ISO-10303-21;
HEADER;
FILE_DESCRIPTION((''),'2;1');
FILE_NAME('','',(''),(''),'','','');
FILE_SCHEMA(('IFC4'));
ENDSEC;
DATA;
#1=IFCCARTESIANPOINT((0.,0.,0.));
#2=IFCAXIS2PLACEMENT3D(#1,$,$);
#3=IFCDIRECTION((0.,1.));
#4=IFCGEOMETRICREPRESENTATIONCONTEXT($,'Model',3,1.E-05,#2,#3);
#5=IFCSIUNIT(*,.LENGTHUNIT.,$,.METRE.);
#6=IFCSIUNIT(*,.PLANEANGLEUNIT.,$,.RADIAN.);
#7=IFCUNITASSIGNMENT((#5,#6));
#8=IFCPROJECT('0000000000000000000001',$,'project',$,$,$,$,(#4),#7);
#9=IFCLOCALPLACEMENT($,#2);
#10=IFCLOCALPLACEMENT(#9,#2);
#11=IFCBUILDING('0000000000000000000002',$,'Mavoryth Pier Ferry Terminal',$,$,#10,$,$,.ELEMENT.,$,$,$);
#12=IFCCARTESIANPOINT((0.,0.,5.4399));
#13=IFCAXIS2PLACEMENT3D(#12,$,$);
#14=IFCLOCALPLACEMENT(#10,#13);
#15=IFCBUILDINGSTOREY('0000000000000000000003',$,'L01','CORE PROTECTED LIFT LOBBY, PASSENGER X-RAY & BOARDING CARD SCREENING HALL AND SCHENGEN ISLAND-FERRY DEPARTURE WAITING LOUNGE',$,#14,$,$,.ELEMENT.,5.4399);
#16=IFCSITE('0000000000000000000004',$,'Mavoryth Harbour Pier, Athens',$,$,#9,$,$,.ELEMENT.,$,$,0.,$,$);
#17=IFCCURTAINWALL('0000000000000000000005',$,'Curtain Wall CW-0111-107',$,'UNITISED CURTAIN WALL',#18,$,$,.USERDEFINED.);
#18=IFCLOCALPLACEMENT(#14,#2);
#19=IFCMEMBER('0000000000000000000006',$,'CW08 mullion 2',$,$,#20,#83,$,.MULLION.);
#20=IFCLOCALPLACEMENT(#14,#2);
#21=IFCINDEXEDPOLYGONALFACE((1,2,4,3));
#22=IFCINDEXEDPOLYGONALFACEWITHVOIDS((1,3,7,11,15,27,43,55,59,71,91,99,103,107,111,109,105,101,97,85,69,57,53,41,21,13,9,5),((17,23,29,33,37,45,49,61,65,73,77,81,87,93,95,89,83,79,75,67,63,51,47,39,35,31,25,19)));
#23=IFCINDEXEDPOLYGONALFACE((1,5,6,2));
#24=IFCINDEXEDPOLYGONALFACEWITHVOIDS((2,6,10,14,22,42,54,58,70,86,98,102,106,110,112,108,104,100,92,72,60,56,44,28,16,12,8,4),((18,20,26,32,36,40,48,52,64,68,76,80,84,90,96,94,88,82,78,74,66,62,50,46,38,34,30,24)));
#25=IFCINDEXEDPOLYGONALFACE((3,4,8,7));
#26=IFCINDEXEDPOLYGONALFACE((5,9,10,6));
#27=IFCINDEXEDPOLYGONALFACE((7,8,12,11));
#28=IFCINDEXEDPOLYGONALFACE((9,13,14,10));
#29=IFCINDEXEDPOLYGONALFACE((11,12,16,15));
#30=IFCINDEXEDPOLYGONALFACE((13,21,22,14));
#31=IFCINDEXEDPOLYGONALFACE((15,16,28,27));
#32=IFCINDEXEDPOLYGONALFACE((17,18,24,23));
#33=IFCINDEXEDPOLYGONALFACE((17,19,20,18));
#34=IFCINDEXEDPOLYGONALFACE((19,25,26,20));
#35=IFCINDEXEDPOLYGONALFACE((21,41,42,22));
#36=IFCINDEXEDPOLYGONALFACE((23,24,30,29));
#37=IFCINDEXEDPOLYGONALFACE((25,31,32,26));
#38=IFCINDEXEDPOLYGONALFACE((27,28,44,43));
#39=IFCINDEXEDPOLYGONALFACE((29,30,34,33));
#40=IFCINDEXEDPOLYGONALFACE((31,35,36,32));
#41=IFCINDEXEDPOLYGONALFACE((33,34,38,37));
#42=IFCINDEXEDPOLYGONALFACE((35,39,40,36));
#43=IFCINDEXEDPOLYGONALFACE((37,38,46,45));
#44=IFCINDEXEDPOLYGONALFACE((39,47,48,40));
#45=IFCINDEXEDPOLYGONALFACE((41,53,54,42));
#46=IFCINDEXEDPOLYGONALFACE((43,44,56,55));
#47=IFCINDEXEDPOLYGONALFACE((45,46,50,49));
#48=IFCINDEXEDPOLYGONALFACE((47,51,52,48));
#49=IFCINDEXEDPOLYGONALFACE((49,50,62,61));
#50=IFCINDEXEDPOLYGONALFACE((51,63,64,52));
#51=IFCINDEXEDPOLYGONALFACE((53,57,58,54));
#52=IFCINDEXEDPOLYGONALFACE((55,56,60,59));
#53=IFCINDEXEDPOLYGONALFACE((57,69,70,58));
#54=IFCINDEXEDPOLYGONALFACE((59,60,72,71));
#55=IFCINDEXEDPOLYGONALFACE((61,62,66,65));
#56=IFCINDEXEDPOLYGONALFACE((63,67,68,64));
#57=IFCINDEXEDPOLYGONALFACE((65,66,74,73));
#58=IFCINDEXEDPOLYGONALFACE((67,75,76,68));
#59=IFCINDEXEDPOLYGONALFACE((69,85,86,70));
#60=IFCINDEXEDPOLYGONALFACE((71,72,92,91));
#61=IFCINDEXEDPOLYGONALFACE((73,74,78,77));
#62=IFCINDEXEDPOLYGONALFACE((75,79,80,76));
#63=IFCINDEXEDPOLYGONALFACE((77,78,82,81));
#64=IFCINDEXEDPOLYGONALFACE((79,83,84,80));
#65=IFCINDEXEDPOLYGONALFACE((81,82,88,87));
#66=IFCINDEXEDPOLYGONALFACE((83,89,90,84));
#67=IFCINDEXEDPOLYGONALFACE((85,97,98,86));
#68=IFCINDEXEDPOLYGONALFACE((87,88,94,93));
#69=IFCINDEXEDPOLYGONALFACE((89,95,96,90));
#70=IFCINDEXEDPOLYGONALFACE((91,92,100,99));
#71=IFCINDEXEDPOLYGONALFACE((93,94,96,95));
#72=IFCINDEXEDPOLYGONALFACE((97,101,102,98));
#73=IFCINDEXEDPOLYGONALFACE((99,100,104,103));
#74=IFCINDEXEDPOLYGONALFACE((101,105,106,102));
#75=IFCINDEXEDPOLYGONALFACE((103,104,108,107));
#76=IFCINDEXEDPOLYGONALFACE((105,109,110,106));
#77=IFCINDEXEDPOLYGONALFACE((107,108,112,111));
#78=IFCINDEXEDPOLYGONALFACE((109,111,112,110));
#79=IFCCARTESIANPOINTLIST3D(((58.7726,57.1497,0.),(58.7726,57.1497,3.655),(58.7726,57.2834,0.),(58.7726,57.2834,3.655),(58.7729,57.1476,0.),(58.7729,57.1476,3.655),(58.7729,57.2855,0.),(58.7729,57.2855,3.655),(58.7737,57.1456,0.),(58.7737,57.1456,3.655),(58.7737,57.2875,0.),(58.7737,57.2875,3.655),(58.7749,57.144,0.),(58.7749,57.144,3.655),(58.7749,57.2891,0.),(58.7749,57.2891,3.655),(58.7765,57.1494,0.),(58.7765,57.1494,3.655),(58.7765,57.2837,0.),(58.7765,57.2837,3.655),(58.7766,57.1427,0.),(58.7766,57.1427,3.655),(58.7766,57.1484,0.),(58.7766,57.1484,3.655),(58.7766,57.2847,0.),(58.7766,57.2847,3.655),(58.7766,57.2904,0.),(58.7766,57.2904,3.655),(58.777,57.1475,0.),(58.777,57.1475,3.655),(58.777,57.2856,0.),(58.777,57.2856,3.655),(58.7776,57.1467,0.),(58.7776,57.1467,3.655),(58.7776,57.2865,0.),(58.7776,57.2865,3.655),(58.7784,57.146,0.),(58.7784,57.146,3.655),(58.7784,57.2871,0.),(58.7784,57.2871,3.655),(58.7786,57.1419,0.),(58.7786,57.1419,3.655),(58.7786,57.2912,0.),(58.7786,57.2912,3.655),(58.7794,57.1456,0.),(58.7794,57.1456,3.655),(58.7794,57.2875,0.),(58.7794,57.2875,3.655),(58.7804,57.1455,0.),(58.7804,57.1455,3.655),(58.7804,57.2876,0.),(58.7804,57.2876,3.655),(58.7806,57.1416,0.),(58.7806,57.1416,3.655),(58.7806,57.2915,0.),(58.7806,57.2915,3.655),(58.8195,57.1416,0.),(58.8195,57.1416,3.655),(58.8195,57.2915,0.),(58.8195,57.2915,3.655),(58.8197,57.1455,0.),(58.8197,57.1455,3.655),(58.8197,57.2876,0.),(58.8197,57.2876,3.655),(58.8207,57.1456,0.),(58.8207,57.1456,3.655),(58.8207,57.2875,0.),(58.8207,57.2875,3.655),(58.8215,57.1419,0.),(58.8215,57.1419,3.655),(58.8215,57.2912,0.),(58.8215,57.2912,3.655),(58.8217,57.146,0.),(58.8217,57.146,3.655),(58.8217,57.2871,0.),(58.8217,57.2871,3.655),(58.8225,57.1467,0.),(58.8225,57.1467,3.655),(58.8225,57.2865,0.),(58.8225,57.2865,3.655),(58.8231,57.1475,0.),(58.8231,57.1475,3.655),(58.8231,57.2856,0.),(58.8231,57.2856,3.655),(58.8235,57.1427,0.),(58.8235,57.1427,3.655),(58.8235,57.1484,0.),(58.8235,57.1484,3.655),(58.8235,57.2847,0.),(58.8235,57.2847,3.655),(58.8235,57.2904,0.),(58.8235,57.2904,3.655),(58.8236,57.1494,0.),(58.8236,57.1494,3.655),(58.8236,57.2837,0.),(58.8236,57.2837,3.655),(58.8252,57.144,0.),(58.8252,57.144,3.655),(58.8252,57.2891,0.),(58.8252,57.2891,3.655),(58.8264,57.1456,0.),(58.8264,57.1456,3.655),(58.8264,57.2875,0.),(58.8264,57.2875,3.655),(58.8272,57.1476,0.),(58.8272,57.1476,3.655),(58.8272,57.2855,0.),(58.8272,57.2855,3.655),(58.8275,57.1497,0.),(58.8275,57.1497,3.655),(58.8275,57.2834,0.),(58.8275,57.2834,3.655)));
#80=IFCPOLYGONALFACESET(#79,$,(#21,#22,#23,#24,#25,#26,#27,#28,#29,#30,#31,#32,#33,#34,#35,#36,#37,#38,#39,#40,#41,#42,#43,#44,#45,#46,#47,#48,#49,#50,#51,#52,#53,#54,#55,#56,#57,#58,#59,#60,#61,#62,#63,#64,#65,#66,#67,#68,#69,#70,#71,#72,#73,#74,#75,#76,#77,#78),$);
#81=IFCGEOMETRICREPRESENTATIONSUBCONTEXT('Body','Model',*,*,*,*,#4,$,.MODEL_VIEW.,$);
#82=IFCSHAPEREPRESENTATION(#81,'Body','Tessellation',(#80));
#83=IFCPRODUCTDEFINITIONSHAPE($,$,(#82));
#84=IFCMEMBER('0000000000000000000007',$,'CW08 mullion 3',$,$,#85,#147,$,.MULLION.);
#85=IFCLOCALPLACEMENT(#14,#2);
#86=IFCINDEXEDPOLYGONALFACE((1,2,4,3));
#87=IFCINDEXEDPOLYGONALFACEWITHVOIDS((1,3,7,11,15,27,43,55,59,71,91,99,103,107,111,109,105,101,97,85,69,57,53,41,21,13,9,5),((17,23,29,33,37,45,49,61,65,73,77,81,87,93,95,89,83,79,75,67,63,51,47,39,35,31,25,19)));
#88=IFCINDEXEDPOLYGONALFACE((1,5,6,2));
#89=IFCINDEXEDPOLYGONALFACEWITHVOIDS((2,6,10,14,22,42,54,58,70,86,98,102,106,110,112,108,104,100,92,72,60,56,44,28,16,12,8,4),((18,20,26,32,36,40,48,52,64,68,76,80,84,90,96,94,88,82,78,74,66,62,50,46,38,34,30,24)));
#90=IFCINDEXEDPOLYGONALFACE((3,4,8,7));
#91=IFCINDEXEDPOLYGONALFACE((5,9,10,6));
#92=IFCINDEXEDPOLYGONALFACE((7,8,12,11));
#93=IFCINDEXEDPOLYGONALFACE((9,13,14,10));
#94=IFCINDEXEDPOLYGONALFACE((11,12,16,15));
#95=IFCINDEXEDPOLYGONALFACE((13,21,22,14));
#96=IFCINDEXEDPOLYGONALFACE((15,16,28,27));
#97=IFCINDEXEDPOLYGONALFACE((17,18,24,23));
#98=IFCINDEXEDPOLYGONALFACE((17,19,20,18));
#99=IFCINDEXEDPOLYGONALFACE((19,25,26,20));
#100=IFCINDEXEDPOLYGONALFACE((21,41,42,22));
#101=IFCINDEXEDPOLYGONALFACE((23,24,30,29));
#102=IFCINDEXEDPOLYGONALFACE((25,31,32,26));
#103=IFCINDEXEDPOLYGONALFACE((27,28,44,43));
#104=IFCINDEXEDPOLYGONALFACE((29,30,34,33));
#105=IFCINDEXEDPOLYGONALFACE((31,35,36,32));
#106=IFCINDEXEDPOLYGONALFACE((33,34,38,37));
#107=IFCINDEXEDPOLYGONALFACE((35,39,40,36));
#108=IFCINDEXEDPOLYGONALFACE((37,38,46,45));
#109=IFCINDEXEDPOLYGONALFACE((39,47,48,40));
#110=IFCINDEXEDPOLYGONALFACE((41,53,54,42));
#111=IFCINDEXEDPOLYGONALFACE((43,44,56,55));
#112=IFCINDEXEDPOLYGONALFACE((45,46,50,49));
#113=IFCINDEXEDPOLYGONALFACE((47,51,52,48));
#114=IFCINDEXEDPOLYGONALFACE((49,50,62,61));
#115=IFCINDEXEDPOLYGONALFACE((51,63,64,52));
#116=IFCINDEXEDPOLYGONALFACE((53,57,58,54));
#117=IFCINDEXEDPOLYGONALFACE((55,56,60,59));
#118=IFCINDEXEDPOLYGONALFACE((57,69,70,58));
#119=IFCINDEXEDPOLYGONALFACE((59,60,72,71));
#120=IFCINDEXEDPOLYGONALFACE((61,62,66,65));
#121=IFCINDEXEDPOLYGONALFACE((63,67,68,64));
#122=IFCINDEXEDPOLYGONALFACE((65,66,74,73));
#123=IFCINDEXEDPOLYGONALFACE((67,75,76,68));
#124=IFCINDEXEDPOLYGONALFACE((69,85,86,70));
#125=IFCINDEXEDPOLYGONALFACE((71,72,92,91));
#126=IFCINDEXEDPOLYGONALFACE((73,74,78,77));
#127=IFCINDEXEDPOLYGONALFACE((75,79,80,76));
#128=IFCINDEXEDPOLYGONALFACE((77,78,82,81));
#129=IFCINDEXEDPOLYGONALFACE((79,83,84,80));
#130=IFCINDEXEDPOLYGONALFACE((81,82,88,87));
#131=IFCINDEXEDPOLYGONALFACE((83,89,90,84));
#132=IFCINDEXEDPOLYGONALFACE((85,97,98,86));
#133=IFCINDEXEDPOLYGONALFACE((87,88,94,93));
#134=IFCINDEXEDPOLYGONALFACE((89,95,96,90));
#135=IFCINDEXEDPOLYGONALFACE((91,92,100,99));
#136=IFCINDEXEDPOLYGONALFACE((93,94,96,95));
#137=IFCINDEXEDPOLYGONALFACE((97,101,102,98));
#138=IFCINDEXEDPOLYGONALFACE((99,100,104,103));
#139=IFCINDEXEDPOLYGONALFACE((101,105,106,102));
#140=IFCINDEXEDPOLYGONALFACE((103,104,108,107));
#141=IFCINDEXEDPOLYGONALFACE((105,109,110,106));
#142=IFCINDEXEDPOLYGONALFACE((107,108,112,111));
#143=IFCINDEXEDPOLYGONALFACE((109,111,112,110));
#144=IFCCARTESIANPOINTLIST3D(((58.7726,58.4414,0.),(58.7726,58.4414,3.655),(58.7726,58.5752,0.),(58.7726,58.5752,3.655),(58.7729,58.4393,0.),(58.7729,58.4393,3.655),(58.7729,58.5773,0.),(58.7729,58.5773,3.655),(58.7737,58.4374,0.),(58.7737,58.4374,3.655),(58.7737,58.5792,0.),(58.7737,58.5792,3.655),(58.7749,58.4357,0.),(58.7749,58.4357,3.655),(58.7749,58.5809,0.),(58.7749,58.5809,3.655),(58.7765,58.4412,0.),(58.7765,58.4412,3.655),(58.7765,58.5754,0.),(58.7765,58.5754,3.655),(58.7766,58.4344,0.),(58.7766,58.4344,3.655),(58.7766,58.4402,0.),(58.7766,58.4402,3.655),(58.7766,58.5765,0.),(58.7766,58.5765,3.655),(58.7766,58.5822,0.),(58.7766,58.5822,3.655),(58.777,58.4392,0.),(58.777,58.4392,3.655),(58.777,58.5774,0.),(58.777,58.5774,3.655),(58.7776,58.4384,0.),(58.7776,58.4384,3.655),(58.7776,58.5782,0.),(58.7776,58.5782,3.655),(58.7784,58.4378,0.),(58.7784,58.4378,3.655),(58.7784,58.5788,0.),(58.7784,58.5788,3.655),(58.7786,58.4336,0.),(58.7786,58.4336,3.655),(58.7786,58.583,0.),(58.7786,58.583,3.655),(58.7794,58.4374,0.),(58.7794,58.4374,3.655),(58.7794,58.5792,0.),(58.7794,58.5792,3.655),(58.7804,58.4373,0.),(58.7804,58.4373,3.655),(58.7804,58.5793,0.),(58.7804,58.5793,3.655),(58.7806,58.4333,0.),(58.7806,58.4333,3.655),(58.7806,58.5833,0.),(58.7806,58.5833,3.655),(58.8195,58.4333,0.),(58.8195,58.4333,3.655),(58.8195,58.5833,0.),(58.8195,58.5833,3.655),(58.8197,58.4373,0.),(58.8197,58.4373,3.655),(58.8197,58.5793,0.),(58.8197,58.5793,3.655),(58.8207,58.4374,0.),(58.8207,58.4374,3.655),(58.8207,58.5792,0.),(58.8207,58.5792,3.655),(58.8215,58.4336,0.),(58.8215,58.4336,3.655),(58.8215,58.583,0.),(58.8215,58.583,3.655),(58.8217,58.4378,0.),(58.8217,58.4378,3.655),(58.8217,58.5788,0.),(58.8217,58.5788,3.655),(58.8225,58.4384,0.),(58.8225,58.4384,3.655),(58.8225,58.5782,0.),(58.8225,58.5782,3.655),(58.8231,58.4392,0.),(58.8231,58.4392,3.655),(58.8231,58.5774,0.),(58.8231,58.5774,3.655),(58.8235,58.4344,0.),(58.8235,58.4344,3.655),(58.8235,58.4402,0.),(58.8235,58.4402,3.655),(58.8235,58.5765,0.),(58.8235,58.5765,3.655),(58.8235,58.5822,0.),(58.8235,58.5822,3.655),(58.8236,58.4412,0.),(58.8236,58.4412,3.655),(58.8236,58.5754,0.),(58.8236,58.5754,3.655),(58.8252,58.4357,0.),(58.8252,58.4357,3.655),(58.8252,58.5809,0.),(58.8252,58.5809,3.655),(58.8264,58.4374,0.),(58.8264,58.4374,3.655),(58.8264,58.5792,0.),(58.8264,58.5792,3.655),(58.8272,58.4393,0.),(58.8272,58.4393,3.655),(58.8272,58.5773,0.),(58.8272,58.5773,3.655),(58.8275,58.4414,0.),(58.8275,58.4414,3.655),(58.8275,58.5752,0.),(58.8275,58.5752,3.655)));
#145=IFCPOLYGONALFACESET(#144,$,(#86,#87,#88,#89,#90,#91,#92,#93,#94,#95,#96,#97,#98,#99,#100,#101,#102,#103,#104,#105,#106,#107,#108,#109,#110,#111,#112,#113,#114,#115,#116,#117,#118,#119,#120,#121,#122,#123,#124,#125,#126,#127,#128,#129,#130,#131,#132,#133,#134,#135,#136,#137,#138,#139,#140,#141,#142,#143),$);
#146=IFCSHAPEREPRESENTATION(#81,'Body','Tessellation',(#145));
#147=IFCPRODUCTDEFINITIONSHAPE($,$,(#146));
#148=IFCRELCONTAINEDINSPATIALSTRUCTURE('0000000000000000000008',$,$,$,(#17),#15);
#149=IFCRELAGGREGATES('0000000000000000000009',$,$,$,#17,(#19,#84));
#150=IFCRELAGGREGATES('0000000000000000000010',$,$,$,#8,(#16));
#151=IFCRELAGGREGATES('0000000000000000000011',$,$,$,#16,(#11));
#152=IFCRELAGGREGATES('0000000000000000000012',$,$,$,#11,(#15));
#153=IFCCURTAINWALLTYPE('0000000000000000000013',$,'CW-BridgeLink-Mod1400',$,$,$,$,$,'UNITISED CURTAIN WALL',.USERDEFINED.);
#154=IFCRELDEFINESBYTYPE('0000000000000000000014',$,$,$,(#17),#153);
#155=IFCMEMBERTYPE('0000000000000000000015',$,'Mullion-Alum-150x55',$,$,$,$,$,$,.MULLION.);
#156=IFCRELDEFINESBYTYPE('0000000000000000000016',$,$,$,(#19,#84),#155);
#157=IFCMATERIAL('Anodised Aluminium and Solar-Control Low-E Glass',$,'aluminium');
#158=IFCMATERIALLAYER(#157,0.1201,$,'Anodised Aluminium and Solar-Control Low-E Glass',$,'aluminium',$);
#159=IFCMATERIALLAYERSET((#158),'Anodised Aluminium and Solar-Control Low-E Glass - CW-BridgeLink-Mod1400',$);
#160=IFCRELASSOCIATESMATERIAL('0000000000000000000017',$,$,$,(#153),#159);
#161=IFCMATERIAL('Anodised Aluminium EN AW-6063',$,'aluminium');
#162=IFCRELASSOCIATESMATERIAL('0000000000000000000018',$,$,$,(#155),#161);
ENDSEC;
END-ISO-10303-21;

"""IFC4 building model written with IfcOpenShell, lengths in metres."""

from ifc_helpers import new_model, si_unit, direction, frame, origin, origin_2d, place, context, subcontext, project, spatial, hollow_rectangle, extrude, material, layer, layer_set, material_profile, profile_set, type_object, element, aggregate, save


model = new_model("IFC4")

# Units and contexts
model_context = context("Model", 3, precision=1e-05, world=origin(), true_north=direction((0.0, 1.0)))
body_context = subcontext(model_context, "Body", "Model", "MODEL_VIEW")
ifc_project = project(units=[si_unit("LENGTHUNIT", "METRE"), si_unit("PLANEANGLEUNIT", "RADIAN")], contexts=[model_context])

# Site, building, storey
site_placement = place(None, origin())
site = spatial("IfcSite", under=ifc_project, at=site_placement, Name="Mavoryth Harbour Pier, Athens", CompositionType="ELEMENT", RefElevation=0.0)
building_placement = place(site_placement, origin())
building = spatial("IfcBuilding", under=site, at=building_placement, Name="Mavoryth Pier Ferry Terminal", CompositionType="ELEMENT")
storey_placement = place(building_placement, frame((0.0, 0.0, 5.4399)))
storey = spatial("IfcBuildingStorey", under=building, at=storey_placement, Name="L01", Description="CORE PROTECTED LIFT LOBBY, PASSENGER X-RAY & BOARDING CARD SCREENING HALL AND SCHENGEN ISLAND-FERRY DEPARTURE WAITING LOUNGE", CompositionType="ELEMENT", Elevation=5.4399)

# Shared definitions
ifc_material_1 = material(Name="Anodised Aluminium and Solar-Control Low-E Glass", Category="aluminium")
ifc_layer_1 = layer(ifc_material_1, 0.1201, Name="Anodised Aluminium and Solar-Control Low-E Glass", Category="aluminium")
ifc_layer_set_1 = layer_set([ifc_layer_1], Name="Anodised Aluminium and Solar-Control Low-E Glass - CW-BridgeLink-Mod1400")
curtain_wall_type = type_object("IfcCurtainWallType", Name="CW-BridgeLink-Mod1400", ElementType="UNITISED CURTAIN WALL", PredefinedType="USERDEFINED", material=ifc_layer_set_1)
ifc_material_2 = material(Name="Anodised Aluminium EN AW-6063", Category="aluminium")
ifc_material_profile_1 = material_profile(ifc_material_2, hollow_rectangle(XDim=0.0549, YDim=0.1499, WallThickness=0.0039, InnerFilletRadius=0.0039, OuterFilletRadius=0.0081, at=origin_2d()), Name="AL-MULL 150x55x4", Category="aluminium")
ifc_profile_set_1 = profile_set([ifc_material_profile_1], Name="Anodised Aluminium EN AW-6063 - AL-MULL 150x55x4")
member_type_1 = type_object("IfcMemberType", Name="Mullion-Alum-150x55", PredefinedType="MULLION", material=ifc_profile_set_1)

# Curtain wall, members
curtain_wall_1_placement = place(storey_placement, origin())
curtain_wall_1 = element("IfcCurtainWall", 1, at=curtain_wall_1_placement, inside=storey, type_object=curtain_wall_type, Name="Curtain Wall CW-0111-107", ObjectType="UNITISED CURTAIN WALL", PredefinedType="USERDEFINED")
member_1_placement = place(storey_placement, frame((58.8, 57.2166, 0.0), z_axis=(0.0, 0.0, 1.0), x_axis=(-1.0, 0.0, 0.0)))
member_1 = element("IfcMember", 2, at=member_1_placement, type_object=member_type_1, Name="CW08 mullion 2", PredefinedType="MULLION", context=body_context, shape_type="SweptSolid", body=[
    extrude(hollow_rectangle(XDim=0.0549, YDim=0.1499, WallThickness=0.0039, InnerFilletRadius=0.0039, OuterFilletRadius=0.0081, at=origin_2d()), origin(), (0.0, 0.0, 1.0), 3.655),
])
member_2_placement = place(storey_placement, frame((58.8, 58.5083, 0.0), z_axis=(0.0, 0.0, 1.0), x_axis=(-1.0, 0.0, 0.0)))
member_2 = element("IfcMember", 3, at=member_2_placement, type_object=member_type_1, Name="CW08 mullion 3", PredefinedType="MULLION", context=body_context, shape_type="SweptSolid", body=[
    extrude(hollow_rectangle(XDim=0.0549, YDim=0.1499, WallThickness=0.0039, InnerFilletRadius=0.0039, OuterFilletRadius=0.0081, at=origin_2d()), origin(), (0.0, 0.0, 1.0), 3.655),
])

aggregate(curtain_wall_1, [member_1, member_2])

save(model, "model.ifc")
